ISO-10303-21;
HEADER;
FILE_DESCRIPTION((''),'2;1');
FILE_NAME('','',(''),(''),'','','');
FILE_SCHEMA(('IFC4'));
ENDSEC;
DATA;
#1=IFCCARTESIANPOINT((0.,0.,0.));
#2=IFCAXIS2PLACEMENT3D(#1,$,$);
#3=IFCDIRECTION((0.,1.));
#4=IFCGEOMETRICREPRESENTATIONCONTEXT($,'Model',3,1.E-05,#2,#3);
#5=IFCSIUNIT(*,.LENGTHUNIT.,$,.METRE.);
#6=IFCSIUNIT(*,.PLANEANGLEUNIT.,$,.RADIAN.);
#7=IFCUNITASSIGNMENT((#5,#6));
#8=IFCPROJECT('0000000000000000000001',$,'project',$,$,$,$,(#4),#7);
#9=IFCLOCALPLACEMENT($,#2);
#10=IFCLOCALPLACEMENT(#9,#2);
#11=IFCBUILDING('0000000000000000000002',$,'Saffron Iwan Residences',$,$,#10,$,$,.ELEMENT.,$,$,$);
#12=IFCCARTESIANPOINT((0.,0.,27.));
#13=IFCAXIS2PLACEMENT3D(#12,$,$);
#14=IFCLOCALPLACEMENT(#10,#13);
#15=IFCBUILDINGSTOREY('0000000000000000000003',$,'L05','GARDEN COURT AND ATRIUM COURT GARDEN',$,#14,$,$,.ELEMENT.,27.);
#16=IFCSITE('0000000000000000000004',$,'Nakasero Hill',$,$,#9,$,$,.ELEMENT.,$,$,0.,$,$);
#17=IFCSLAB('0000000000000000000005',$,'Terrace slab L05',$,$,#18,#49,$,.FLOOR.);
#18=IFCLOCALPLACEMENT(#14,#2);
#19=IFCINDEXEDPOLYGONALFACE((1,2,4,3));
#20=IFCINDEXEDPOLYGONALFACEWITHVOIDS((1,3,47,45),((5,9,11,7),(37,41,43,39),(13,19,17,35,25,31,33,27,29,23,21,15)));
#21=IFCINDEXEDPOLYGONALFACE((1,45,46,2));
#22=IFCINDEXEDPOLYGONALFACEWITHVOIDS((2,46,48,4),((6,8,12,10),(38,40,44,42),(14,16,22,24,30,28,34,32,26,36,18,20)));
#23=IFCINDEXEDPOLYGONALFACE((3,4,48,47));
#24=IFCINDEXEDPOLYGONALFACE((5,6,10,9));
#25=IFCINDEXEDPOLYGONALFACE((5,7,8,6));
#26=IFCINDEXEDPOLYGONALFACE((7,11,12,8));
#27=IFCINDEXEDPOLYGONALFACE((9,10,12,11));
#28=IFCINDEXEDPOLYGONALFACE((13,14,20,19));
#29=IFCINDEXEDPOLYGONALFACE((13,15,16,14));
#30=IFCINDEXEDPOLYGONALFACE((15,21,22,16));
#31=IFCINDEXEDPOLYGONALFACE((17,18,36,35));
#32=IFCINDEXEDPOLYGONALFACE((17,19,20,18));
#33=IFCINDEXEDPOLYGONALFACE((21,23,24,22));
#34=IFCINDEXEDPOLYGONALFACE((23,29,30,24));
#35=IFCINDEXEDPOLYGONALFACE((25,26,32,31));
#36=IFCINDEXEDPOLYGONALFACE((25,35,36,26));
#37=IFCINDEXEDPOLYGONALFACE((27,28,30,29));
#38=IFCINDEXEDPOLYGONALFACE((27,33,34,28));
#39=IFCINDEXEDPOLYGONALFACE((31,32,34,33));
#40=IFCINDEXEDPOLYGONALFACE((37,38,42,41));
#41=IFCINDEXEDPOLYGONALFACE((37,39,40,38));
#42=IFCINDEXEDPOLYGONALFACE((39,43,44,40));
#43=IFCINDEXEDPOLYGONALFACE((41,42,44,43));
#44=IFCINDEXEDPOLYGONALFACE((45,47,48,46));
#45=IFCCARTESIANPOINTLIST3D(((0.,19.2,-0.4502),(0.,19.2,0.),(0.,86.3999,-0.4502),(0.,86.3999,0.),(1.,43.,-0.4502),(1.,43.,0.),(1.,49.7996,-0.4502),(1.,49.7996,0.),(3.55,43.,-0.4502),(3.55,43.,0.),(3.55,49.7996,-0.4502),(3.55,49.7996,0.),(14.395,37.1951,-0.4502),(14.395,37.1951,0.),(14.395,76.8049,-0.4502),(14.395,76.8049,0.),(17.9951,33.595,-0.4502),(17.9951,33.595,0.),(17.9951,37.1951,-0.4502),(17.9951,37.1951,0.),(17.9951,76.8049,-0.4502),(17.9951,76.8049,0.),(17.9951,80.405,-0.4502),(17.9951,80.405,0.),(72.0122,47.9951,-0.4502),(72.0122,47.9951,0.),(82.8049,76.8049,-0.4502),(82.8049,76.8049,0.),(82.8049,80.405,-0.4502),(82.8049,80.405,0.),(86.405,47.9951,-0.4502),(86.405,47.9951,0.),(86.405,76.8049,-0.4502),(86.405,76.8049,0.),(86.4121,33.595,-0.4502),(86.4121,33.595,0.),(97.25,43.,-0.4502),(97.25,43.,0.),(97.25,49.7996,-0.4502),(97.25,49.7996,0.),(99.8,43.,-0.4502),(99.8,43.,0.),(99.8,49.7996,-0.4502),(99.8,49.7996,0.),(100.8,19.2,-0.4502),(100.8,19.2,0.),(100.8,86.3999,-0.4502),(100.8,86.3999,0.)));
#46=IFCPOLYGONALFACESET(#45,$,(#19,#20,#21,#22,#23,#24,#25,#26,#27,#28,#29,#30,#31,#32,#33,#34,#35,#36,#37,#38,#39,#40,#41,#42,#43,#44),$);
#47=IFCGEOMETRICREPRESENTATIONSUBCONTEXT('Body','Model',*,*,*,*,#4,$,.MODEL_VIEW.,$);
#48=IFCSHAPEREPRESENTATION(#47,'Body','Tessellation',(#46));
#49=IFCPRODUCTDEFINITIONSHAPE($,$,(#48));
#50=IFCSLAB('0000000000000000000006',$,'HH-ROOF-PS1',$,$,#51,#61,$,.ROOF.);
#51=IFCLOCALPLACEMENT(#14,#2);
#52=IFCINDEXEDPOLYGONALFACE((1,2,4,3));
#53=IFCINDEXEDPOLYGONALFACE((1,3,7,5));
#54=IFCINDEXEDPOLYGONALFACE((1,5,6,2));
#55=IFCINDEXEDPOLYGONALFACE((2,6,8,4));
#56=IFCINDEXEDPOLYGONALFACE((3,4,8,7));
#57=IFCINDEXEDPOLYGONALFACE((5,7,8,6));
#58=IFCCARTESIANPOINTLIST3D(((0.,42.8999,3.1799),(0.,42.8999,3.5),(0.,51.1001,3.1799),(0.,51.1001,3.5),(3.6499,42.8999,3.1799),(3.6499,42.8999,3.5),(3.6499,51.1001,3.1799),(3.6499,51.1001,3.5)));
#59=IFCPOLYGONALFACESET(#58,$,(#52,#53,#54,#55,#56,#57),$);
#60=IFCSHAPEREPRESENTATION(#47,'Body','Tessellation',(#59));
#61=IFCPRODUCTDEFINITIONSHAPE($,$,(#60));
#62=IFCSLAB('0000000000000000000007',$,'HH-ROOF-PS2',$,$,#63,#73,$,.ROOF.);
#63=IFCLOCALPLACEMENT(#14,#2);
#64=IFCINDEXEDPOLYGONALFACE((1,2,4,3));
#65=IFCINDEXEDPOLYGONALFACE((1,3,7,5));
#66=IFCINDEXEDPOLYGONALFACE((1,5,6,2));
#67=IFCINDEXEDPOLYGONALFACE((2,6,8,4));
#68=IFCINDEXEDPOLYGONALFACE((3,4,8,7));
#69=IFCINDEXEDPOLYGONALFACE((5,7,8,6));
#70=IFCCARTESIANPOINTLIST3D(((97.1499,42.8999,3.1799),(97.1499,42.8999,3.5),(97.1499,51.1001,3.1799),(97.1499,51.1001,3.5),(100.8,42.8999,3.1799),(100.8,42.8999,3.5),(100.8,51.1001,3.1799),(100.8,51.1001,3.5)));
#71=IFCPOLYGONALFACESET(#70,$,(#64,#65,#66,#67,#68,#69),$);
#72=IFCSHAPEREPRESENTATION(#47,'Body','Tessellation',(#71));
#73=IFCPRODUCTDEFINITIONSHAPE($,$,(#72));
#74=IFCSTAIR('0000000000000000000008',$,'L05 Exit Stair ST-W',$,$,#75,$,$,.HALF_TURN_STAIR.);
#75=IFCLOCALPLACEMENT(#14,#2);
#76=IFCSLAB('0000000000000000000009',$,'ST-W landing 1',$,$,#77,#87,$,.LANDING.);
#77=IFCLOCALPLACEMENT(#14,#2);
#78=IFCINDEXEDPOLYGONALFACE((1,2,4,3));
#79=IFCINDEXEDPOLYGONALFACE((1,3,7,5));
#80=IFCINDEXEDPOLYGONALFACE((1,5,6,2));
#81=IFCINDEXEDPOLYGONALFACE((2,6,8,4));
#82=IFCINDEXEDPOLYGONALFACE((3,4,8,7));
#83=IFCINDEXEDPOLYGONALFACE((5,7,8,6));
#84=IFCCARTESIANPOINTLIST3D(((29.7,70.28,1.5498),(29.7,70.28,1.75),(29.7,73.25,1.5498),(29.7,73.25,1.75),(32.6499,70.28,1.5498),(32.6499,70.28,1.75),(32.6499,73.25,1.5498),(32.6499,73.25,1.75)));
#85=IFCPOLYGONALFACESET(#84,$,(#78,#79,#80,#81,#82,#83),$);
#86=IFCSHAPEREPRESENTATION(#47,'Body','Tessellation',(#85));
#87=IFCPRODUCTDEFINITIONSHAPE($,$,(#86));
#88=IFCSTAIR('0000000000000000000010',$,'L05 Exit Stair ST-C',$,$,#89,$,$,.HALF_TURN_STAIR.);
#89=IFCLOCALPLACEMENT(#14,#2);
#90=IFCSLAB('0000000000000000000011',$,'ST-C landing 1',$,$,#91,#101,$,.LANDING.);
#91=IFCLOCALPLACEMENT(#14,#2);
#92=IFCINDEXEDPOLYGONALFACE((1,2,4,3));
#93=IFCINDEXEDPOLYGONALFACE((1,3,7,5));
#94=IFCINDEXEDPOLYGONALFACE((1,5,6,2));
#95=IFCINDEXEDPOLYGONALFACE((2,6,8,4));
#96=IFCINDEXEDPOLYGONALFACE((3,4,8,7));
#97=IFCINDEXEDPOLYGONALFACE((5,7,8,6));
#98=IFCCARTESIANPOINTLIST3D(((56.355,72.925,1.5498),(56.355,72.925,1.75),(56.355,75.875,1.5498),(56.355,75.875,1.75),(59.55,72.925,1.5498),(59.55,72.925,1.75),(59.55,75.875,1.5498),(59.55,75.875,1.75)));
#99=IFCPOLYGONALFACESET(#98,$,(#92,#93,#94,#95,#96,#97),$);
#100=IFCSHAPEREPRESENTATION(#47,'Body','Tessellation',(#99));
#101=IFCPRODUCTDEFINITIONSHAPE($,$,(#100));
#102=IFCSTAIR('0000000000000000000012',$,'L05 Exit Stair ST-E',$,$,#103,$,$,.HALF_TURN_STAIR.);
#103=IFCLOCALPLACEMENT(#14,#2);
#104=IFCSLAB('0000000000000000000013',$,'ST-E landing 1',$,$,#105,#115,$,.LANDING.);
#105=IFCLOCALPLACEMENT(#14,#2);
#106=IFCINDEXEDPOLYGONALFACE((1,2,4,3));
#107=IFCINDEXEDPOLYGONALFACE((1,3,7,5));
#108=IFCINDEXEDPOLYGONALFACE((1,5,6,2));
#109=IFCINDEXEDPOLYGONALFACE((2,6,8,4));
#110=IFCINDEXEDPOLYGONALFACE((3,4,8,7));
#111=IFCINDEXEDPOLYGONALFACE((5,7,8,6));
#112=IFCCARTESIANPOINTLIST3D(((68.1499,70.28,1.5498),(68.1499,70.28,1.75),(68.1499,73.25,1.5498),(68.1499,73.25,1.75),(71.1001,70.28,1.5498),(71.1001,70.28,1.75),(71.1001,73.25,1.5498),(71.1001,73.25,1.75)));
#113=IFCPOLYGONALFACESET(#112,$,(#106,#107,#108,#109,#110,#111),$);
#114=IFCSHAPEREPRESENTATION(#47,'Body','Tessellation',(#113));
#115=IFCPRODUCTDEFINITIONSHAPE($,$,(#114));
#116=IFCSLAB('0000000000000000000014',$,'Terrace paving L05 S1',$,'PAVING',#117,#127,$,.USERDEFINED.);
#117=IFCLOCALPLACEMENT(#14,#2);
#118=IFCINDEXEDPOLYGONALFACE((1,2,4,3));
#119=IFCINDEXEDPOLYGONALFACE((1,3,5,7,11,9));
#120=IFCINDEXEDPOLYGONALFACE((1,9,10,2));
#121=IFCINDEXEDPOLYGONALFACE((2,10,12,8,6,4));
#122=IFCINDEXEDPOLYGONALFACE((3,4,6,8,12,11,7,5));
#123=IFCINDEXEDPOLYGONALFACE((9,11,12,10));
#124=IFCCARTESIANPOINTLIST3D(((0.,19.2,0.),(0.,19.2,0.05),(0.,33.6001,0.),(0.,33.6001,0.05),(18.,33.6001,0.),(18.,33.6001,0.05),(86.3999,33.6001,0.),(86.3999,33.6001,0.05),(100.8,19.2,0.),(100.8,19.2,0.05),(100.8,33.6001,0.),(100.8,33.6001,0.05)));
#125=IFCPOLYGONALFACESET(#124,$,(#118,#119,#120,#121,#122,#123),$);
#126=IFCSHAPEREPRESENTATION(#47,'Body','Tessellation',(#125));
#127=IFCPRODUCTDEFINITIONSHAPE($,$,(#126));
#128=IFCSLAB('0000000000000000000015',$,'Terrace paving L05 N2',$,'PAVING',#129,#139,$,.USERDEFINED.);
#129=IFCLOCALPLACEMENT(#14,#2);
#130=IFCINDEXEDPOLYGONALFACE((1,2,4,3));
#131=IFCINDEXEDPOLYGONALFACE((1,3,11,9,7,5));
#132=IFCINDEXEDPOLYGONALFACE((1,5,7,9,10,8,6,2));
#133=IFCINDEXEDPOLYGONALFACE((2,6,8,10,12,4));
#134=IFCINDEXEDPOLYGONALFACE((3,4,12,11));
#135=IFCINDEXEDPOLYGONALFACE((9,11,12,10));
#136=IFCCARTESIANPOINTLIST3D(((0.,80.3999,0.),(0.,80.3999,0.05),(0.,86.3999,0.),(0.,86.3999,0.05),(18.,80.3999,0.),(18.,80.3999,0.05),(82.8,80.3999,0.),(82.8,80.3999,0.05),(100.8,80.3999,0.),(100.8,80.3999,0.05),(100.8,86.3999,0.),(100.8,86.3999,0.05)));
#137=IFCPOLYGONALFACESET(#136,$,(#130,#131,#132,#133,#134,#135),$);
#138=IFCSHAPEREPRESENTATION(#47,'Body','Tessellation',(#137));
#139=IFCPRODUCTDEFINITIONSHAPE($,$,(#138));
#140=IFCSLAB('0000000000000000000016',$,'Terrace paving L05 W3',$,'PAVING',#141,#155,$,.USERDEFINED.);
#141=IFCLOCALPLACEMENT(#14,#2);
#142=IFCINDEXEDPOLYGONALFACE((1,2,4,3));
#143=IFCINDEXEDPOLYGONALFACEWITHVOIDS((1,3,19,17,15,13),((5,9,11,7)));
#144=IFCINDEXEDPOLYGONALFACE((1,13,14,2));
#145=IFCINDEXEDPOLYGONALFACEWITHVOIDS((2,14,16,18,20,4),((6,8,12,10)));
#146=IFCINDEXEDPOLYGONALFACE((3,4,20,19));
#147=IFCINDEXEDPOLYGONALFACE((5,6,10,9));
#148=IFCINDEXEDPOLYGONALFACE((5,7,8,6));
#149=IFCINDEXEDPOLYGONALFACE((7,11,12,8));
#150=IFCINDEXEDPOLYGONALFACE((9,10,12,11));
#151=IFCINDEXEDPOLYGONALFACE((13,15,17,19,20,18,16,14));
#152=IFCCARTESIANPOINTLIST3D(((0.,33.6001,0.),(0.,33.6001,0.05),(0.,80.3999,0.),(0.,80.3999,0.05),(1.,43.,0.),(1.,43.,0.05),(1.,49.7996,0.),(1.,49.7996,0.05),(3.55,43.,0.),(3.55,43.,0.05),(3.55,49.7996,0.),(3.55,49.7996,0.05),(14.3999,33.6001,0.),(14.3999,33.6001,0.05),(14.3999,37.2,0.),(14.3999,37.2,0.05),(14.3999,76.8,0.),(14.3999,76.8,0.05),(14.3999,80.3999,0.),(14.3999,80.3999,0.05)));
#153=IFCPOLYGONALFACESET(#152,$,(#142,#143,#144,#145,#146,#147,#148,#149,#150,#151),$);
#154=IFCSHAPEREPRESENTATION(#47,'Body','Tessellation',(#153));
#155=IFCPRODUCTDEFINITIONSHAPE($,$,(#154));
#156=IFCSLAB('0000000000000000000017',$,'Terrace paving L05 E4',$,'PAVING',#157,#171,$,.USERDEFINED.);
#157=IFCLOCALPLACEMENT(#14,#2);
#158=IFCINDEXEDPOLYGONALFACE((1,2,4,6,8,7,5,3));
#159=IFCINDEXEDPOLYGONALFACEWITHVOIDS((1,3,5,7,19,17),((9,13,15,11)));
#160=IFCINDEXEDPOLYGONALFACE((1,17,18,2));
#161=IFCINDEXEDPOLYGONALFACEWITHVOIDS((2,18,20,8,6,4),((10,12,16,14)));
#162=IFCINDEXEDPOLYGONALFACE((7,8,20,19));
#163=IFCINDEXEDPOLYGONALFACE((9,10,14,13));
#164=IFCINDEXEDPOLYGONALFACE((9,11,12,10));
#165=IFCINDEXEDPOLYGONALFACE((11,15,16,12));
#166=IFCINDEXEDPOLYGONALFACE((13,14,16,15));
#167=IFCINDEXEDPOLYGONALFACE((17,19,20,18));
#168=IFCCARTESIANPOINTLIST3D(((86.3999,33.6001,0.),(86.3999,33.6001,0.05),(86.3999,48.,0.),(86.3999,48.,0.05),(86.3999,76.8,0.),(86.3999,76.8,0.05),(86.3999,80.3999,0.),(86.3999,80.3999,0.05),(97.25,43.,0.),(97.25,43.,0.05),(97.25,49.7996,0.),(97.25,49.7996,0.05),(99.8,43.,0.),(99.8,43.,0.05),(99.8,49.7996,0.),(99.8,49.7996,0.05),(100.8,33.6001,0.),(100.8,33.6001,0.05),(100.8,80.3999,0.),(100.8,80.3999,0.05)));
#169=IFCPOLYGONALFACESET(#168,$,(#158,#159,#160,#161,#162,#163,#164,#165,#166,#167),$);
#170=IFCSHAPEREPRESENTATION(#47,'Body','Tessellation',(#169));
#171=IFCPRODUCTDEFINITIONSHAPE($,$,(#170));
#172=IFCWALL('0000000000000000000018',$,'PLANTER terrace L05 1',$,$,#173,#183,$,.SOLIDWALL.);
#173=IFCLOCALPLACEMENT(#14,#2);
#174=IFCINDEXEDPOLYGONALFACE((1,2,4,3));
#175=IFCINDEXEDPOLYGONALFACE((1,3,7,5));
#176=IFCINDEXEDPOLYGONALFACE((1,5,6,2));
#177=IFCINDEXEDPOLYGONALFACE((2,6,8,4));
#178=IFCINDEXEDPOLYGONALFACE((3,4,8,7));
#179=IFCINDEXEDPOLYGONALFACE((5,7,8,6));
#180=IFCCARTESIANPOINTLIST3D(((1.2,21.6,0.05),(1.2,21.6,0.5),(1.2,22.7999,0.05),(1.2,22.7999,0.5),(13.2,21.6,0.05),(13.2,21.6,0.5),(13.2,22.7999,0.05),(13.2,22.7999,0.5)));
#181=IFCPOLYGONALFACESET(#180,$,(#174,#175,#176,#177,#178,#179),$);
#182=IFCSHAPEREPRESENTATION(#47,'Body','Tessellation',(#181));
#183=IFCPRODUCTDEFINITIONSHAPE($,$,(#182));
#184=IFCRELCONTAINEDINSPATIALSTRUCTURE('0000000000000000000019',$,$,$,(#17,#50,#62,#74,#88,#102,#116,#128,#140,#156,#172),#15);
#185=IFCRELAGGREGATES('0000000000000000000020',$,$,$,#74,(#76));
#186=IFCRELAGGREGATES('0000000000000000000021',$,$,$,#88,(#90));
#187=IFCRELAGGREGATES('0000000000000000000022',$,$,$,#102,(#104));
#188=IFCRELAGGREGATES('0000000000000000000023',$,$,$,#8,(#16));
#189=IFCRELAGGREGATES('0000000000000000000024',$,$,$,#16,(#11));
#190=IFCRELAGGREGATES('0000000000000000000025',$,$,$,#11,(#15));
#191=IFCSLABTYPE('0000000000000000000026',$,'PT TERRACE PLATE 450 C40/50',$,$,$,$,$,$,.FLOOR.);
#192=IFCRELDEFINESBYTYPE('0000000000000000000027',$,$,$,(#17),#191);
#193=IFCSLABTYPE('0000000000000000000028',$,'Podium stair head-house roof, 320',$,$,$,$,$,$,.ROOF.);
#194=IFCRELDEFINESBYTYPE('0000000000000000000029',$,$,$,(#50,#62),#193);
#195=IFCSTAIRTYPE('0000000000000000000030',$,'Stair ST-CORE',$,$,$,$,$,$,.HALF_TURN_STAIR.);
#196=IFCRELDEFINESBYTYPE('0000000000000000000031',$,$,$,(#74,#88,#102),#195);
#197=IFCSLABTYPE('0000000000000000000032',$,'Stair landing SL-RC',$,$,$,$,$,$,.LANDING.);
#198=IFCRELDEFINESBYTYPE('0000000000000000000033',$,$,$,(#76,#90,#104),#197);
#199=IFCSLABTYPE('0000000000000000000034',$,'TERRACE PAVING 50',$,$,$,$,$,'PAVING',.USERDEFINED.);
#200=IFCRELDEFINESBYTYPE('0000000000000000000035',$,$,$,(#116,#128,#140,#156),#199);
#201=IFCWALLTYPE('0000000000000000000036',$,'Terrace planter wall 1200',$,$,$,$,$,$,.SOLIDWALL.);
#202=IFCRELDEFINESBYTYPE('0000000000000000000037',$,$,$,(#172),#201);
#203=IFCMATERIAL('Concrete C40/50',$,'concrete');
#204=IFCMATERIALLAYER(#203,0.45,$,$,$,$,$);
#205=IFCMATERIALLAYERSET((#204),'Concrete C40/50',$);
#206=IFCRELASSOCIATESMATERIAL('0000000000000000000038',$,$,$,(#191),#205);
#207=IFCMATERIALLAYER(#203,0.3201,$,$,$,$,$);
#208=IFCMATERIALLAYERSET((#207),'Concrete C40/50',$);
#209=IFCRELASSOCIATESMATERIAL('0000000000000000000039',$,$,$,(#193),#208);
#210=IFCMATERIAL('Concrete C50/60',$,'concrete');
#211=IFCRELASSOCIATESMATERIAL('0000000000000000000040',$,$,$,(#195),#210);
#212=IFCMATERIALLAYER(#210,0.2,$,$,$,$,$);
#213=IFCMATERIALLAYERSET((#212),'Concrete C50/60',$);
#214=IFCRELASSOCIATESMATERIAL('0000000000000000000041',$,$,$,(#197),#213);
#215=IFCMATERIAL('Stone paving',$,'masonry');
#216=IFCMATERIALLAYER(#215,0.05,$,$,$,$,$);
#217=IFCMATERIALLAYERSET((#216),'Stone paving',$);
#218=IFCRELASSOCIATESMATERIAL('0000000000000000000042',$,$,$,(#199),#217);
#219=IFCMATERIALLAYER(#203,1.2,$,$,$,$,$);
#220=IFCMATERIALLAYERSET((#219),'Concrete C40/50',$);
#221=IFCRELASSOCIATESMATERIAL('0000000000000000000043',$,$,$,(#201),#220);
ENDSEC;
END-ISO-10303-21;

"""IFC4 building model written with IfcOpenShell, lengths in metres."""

from ifc_helpers import new_model, si_unit, direction, frame, frame_2d, origin, place, context, subcontext, project, spatial, polyline, rectangle, outline, extrude, material, layer, layer_set, type_object, element, aggregate, save


model = new_model("IFC4")

# Units and contexts
model_context = context("Model", 3, precision=1e-05, world=origin(), true_north=direction((0.0, 1.0)))
body_context = subcontext(model_context, "Body", "Model", "MODEL_VIEW")
ifc_project = project(units=[si_unit("LENGTHUNIT", "METRE"), si_unit("PLANEANGLEUNIT", "RADIAN")], contexts=[model_context])

# Site, building, storey
site_placement = place(None, origin())
site = spatial("IfcSite", under=ifc_project, at=site_placement, Name="Nakasero Hill", CompositionType="ELEMENT", RefElevation=0.0)
building_placement = place(site_placement, origin())
building = spatial("IfcBuilding", under=site, at=building_placement, Name="Saffron Iwan Residences", CompositionType="ELEMENT")
storey_placement = place(building_placement, frame((0.0, 0.0, 27.0)))
storey = spatial("IfcBuildingStorey", under=building, at=storey_placement, Name="L05", Description="GARDEN COURT AND ATRIUM COURT GARDEN", CompositionType="ELEMENT", Elevation=27.0)

# Slabs
ifc_material_1 = material(Name="Concrete C40/50", Category="concrete")
ifc_layer_1 = layer(ifc_material_1, 0.45)
ifc_layer_set_1 = layer_set([ifc_layer_1], Name="Concrete C40/50")
slab_type_1 = type_object("IfcSlabType", Name="PT TERRACE PLATE 450 C40/50", PredefinedType="FLOOR", material=ifc_layer_set_1)
slab_1_placement = place(storey_placement, frame((0.0, 0.0, -0.4502)))
element("IfcSlab", 1, at=slab_1_placement, inside=storey, type_object=slab_type_1, Name="Terrace slab L05", PredefinedType="FLOOR", context=body_context, shape_type="SweptSolid", body=[
    extrude(outline(polyline([(100.8, 19.2), (0.0, 19.2), (0.0, 86.3999), (100.8, 86.3999), (100.8, 19.2)]), holes=[polyline([(72.0122, 47.9951), (86.405, 47.9951), (86.405, 76.8049), (82.8049, 76.8049), (82.8049, 80.405), (17.9951, 80.405), (17.9951, 76.8049), (14.395, 76.8049), (14.395, 37.1951), (17.9951, 37.1951), (17.9951, 33.595), (86.4121, 33.595), (72.0122, 47.9951)]), polyline([(3.55, 49.7996), (1.0, 49.7996), (1.0, 43.0), (3.55, 43.0), (3.55, 49.7996)]), polyline([(99.8, 49.7996), (97.25, 49.7996), (97.25, 43.0), (99.8, 43.0), (99.8, 49.7996)])]), origin(), (0.0, 0.0, 1.0), 0.4502),
])
ifc_layer_2 = layer(ifc_material_1, 0.3201)
ifc_layer_set_2 = layer_set([ifc_layer_2], Name="Concrete C40/50")
slab_type_2 = type_object("IfcSlabType", Name="Podium stair head-house roof, 320", PredefinedType="ROOF", material=ifc_layer_set_2)
slab_2_placement = place(storey_placement, frame((0.0, 0.0, 3.1799)))
element("IfcSlab", 2, at=slab_2_placement, inside=storey, type_object=slab_type_2, Name="HH-ROOF-PS1", PredefinedType="ROOF", context=body_context, shape_type="SweptSolid", body=[
    extrude(outline(polyline([(3.6499, 42.8999), (3.6499, 51.1001), (0.0, 51.1001), (0.0, 42.8999), (3.6499, 42.8999)])), origin(), (0.0, 0.0, 1.0), 0.3201),
])
slab_3_placement = place(storey_placement, frame((0.0, 0.0, 3.1799)))
element("IfcSlab", 3, at=slab_3_placement, inside=storey, type_object=slab_type_2, Name="HH-ROOF-PS2", PredefinedType="ROOF", context=body_context, shape_type="SweptSolid", body=[
    extrude(outline(polyline([(100.8, 42.8999), (100.8, 51.1001), (97.1499, 51.1001), (97.1499, 42.8999), (100.8, 42.8999)])), origin(), (0.0, 0.0, 1.0), 0.3201),
])

# Stairs, slabs
ifc_material_2 = material(Name="Concrete C50/60", Category="concrete")
stair_type = type_object("IfcStairType", Name="Stair ST-CORE", PredefinedType="HALF_TURN_STAIR", material=ifc_material_2)
stair_1_placement = place(storey_placement, origin())
stair_1 = element("IfcStair", 4, at=stair_1_placement, inside=storey, type_object=stair_type, Name="L05 Exit Stair ST-W", PredefinedType="HALF_TURN_STAIR")
ifc_layer_3 = layer(ifc_material_2, 0.2)
ifc_layer_set_3 = layer_set([ifc_layer_3], Name="Concrete C50/60")
slab_type_3 = type_object("IfcSlabType", Name="Stair landing SL-RC", PredefinedType="LANDING", material=ifc_layer_set_3)
slab_4_placement = place(storey_placement, frame((0.0, 0.0, 1.5498)))
slab_4 = element("IfcSlab", 5, at=slab_4_placement, type_object=slab_type_3, Name="ST-W landing 1", PredefinedType="LANDING", context=body_context, shape_type="SweptSolid", body=[
    extrude(outline(polyline([(32.6499, 70.28), (32.6499, 73.25), (29.7, 73.25), (29.7, 70.28), (32.6499, 70.28)])), origin(), (0.0, 0.0, 1.0), 0.2002),
])
aggregate(stair_1, [slab_4])
stair_2_placement = place(storey_placement, origin())
stair_2 = element("IfcStair", 6, at=stair_2_placement, inside=storey, type_object=stair_type, Name="L05 Exit Stair ST-C", PredefinedType="HALF_TURN_STAIR")
slab_5_placement = place(storey_placement, frame((0.0, 0.0, 1.5498)))
slab_5 = element("IfcSlab", 7, at=slab_5_placement, type_object=slab_type_3, Name="ST-C landing 1", PredefinedType="LANDING", context=body_context, shape_type="SweptSolid", body=[
    extrude(outline(polyline([(56.355, 72.925), (59.55, 72.925), (59.55, 75.875), (56.355, 75.875), (56.355, 72.925)])), origin(), (0.0, 0.0, 1.0), 0.2002),
])
aggregate(stair_2, [slab_5])
stair_3_placement = place(storey_placement, origin())
stair_3 = element("IfcStair", 8, at=stair_3_placement, inside=storey, type_object=stair_type, Name="L05 Exit Stair ST-E", PredefinedType="HALF_TURN_STAIR")
slab_6_placement = place(storey_placement, frame((0.0, 0.0, 1.5498)))
slab_6 = element("IfcSlab", 9, at=slab_6_placement, type_object=slab_type_3, Name="ST-E landing 1", PredefinedType="LANDING", context=body_context, shape_type="SweptSolid", body=[
    extrude(outline(polyline([(71.1001, 70.28), (71.1001, 73.25), (68.1499, 73.25), (68.1499, 70.28), (71.1001, 70.28)])), origin(), (0.0, 0.0, 1.0), 0.2002),
])
aggregate(stair_3, [slab_6])

# Slabs
ifc_material_3 = material(Name="Stone paving", Category="masonry")
ifc_layer_4 = layer(ifc_material_3, 0.05)
ifc_layer_set_4 = layer_set([ifc_layer_4], Name="Stone paving")
slab_type_4 = type_object("IfcSlabType", Name="TERRACE PAVING 50", ElementType="PAVING", PredefinedType="USERDEFINED", material=ifc_layer_set_4)
slab_7_placement = place(storey_placement, origin())
element("IfcSlab", 10, at=slab_7_placement, inside=storey, type_object=slab_type_4, Name="Terrace paving L05 S1", ObjectType="PAVING", PredefinedType="USERDEFINED", context=body_context, shape_type="SweptSolid", body=[
    extrude(outline(polyline([(100.8, 33.6001), (86.3999, 33.6001), (18.0, 33.6001), (0.0, 33.6001), (0.0, 19.2), (100.8, 19.2), (100.8, 33.6001)])), origin(), (0.0, 0.0, 1.0), 0.05),
])
slab_8_placement = place(storey_placement, origin())
element("IfcSlab", 11, at=slab_8_placement, inside=storey, type_object=slab_type_4, Name="Terrace paving L05 N2", ObjectType="PAVING", PredefinedType="USERDEFINED", context=body_context, shape_type="SweptSolid", body=[
    extrude(outline(polyline([(0.0, 86.3999), (0.0, 80.3999), (18.0, 80.3999), (82.8, 80.3999), (100.8, 80.3999), (100.8, 86.3999), (0.0, 86.3999)])), origin(), (0.0, 0.0, 1.0), 0.05),
])
slab_9_placement = place(storey_placement, origin())
element("IfcSlab", 12, at=slab_9_placement, inside=storey, type_object=slab_type_4, Name="Terrace paving L05 W3", ObjectType="PAVING", PredefinedType="USERDEFINED", context=body_context, shape_type="SweptSolid", body=[
    extrude(outline(polyline([(0.0, 33.6001), (14.3999, 33.6001), (14.3999, 37.2), (14.3999, 76.8), (14.3999, 80.3999), (0.0, 80.3999), (0.0, 33.6001)]), holes=[polyline([(3.55, 49.7996), (1.0, 49.7996), (1.0, 43.0), (3.55, 43.0), (3.55, 49.7996)])]), origin(), (0.0, 0.0, 1.0), 0.05),
])
slab_10_placement = place(storey_placement, origin())
element("IfcSlab", 13, at=slab_10_placement, inside=storey, type_object=slab_type_4, Name="Terrace paving L05 E4", ObjectType="PAVING", PredefinedType="USERDEFINED", context=body_context, shape_type="SweptSolid", body=[
    extrude(outline(polyline([(100.8, 80.3999), (86.3999, 80.3999), (86.3999, 76.8), (86.3999, 48.0), (86.3999, 33.6001), (100.8, 33.6001), (100.8, 80.3999)]), holes=[polyline([(99.8, 49.7996), (97.25, 49.7996), (97.25, 43.0), (99.8, 43.0), (99.8, 49.7996)])]), origin(), (0.0, 0.0, 1.0), 0.05),
])

# Wall
ifc_layer_5 = layer(ifc_material_1, 1.2)
ifc_layer_set_5 = layer_set([ifc_layer_5], Name="Concrete C40/50")
wall_type_1 = type_object("IfcWallType", Name="Terrace planter wall 1200", PredefinedType="SOLIDWALL", material=ifc_layer_set_5)
for number, where, z_axis, x_axis, name in (
    (14, (1.2, 22.2, 0.05), (0.0, 0.0, 1.0), (1.0, 0.0, 0.0), "PLANTER terrace L05 1"),
):
    element("IfcWall", number, at=place(storey_placement, frame(where, z_axis=z_axis, x_axis=x_axis)), inside=storey, type_object=wall_type_1, Name=name, PredefinedType="SOLIDWALL", context=body_context, shape_type="SweptSolid", body=[
        extrude(rectangle(XDim=12.0, YDim=1.2, at=frame_2d((6.0, 0.0))), origin(), (0.0, 0.0, 1.0), 0.45),
    ])

save(model, "model.ifc")
